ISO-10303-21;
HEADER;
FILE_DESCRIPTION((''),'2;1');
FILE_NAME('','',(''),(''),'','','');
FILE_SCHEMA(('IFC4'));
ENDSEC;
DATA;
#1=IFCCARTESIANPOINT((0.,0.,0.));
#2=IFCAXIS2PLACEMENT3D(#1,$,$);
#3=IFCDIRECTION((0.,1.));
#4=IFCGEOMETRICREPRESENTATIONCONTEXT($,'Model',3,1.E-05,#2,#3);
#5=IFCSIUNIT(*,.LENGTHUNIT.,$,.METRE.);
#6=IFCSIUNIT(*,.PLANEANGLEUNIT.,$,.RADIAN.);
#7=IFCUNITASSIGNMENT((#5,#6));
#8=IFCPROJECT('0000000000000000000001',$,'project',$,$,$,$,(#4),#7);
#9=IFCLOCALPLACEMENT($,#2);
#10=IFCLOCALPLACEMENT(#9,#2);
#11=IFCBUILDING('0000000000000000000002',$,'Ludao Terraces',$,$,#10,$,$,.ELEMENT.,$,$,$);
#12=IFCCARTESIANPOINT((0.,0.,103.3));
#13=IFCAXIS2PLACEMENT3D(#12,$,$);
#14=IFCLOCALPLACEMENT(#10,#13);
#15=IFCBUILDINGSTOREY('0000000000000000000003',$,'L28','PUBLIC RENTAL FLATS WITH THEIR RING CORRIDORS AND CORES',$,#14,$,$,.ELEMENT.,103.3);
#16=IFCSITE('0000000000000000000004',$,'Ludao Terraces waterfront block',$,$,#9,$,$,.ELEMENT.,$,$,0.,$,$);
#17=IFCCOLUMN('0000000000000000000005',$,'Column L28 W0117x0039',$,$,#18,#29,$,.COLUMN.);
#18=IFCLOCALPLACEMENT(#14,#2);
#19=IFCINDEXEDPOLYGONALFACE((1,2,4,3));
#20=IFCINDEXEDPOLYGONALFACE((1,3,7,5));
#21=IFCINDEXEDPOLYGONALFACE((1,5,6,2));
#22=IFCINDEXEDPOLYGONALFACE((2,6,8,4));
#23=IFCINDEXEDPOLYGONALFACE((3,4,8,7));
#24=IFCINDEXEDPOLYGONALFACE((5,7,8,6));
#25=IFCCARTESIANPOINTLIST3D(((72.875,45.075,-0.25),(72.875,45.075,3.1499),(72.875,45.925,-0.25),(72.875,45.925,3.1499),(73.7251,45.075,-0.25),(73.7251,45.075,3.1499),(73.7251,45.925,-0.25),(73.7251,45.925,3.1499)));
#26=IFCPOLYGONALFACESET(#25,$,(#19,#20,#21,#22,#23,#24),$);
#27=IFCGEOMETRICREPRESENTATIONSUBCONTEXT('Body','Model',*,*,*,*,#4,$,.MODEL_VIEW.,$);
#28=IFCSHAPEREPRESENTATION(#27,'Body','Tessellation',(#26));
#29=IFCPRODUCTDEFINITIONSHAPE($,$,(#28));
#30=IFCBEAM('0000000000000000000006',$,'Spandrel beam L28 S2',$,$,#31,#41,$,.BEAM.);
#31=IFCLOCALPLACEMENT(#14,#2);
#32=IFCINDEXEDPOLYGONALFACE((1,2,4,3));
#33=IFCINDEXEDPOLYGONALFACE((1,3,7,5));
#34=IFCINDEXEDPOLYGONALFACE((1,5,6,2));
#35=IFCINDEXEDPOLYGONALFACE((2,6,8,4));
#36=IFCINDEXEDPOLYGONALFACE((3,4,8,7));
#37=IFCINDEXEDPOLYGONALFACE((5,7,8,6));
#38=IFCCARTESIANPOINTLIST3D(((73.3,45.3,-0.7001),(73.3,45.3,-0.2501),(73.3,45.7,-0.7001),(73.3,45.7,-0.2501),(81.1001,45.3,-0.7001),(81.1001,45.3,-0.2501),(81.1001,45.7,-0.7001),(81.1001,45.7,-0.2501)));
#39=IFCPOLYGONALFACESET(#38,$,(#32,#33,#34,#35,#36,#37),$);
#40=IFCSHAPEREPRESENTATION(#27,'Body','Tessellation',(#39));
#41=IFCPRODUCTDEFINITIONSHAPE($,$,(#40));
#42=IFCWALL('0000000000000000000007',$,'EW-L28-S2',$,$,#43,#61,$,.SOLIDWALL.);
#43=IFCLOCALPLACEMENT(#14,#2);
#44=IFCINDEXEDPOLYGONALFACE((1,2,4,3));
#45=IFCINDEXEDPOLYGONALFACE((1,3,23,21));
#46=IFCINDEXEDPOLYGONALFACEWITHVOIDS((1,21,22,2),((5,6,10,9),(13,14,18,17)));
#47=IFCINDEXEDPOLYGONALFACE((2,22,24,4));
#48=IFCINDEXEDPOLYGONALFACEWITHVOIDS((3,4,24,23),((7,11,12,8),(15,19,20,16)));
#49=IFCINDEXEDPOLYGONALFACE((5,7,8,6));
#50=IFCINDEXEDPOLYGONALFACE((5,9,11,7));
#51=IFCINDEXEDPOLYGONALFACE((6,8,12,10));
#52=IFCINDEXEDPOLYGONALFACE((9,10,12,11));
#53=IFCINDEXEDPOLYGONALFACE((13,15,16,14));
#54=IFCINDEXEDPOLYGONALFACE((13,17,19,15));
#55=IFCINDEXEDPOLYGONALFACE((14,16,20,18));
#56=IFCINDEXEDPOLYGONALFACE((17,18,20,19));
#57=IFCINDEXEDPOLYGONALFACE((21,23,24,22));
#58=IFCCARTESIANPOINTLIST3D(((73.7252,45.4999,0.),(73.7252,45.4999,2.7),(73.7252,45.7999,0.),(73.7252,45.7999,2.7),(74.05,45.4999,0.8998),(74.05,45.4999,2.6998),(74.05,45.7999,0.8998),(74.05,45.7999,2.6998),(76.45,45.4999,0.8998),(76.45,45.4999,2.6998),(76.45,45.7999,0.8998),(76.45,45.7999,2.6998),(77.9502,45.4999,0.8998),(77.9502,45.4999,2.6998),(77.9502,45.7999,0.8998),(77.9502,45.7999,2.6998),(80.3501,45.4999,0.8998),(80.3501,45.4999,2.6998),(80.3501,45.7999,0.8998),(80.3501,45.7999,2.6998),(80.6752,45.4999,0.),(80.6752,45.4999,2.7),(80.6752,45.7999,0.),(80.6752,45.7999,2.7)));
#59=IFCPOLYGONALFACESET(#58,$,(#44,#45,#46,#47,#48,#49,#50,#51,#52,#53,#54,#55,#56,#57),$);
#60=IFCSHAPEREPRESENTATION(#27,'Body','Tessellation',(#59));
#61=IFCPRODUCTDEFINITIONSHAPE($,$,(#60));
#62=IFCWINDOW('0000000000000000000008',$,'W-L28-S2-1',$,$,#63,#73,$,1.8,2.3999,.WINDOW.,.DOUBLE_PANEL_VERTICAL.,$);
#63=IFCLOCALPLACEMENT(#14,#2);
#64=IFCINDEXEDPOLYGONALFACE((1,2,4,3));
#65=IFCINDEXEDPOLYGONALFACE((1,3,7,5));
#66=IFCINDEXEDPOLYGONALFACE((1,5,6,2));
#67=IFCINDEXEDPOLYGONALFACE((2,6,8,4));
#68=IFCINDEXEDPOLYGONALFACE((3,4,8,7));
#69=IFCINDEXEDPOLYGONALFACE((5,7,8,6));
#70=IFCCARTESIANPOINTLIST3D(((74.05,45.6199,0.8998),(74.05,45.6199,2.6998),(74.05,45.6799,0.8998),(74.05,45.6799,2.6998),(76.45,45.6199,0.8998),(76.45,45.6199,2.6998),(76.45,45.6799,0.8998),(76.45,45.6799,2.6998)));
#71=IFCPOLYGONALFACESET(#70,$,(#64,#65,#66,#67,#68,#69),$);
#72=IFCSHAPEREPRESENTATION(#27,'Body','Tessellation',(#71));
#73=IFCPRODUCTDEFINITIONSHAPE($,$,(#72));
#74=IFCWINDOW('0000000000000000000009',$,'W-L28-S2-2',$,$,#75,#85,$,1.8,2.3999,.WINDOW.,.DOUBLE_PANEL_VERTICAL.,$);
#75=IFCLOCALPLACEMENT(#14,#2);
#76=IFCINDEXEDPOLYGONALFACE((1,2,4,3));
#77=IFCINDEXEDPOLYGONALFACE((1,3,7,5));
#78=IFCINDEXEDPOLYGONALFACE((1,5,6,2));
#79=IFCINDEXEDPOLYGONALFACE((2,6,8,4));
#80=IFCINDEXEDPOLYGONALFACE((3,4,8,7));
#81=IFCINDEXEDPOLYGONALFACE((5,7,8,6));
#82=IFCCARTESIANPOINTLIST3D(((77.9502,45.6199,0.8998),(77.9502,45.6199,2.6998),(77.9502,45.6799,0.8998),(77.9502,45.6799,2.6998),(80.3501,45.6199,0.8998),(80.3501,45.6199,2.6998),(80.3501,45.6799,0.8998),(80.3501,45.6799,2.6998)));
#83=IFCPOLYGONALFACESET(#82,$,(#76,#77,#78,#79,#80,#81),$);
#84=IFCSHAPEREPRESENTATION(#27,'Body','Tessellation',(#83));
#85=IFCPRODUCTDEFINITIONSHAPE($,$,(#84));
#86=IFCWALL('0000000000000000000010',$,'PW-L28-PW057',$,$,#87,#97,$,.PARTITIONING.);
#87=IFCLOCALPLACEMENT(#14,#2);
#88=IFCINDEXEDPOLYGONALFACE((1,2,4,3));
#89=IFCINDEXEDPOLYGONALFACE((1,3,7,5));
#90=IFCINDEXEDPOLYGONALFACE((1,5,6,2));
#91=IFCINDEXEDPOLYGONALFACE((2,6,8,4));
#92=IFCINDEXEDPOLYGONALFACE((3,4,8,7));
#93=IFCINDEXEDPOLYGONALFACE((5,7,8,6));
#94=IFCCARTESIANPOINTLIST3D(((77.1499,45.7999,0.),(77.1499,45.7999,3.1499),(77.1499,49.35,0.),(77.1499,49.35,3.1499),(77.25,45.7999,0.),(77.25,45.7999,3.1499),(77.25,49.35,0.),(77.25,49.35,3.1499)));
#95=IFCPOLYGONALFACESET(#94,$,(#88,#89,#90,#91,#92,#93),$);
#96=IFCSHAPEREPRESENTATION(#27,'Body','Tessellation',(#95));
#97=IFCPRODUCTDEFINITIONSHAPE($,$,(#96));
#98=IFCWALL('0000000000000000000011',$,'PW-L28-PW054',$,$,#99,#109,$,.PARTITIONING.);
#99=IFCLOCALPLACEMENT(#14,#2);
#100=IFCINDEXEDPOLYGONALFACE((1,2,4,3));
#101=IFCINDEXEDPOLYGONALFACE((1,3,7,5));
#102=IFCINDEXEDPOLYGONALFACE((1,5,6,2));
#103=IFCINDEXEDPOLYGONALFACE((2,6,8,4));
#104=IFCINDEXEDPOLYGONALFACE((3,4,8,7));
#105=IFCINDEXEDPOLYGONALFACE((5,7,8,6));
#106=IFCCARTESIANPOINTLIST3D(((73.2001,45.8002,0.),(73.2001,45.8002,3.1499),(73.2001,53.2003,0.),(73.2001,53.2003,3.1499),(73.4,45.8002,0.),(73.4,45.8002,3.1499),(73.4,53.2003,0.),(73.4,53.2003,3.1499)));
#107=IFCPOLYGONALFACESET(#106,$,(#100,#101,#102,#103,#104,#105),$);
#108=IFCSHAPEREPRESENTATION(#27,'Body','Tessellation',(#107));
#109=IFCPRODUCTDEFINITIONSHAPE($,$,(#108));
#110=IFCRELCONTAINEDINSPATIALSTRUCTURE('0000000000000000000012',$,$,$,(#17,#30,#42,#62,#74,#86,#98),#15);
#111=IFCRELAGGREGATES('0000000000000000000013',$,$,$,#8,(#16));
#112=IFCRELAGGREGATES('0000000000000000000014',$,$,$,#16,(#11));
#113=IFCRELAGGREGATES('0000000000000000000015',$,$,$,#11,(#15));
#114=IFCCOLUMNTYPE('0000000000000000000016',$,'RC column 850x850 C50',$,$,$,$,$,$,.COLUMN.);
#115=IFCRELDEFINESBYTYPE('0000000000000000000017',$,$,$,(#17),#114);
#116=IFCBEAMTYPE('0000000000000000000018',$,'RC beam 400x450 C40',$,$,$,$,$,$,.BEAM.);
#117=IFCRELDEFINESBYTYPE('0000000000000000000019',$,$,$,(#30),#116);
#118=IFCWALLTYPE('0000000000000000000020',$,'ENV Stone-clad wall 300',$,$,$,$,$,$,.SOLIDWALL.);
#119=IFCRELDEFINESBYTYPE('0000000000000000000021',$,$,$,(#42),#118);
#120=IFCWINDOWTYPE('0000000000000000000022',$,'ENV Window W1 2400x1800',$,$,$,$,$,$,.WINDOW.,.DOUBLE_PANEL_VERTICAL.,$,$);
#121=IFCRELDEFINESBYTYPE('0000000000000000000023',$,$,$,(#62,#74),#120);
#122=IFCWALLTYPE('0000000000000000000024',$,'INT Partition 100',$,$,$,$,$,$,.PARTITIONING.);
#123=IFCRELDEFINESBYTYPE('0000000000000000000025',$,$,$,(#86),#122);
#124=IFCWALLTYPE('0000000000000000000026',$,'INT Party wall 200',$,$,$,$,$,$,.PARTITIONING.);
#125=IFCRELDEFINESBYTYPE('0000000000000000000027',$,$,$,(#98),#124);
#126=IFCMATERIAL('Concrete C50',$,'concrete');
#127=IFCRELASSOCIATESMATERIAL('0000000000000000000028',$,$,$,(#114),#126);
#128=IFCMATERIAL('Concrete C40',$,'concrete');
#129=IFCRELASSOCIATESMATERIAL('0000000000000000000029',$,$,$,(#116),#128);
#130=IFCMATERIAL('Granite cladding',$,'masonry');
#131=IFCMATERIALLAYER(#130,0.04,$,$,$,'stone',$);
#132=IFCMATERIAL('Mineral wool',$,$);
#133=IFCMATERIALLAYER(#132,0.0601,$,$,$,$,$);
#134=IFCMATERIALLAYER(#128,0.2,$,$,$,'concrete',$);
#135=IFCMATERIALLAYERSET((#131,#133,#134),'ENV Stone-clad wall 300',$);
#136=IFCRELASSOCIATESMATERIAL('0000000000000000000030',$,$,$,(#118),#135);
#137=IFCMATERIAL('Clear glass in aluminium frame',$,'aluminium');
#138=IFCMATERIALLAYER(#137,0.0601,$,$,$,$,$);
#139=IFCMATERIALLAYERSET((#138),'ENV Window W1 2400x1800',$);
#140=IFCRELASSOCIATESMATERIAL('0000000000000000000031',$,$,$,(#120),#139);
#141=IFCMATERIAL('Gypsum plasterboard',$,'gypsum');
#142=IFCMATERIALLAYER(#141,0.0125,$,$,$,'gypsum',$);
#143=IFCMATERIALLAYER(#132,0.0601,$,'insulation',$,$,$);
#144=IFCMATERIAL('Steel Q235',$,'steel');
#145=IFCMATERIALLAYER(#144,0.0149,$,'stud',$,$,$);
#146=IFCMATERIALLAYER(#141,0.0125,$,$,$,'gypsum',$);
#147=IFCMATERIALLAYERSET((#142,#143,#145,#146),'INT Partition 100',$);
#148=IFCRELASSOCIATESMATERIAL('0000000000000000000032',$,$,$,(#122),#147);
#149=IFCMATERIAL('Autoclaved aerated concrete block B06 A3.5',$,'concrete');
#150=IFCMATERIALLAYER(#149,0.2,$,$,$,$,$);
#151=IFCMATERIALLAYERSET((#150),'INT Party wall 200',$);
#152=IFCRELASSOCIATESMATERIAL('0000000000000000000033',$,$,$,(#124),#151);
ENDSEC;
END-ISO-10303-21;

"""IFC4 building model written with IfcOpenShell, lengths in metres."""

from ifc_helpers import new_model, si_unit, direction, frame, frame_2d, origin, origin_2d, place, context, subcontext, project, spatial, rectangle, extrude, material, layer, layer_set, material_profile, profile_set, type_object, element, fill, save


model = new_model("IFC4")

# Units and contexts
model_context = context("Model", 3, precision=1e-05, world=origin(), true_north=direction((0.0, 1.0)))
body_context = subcontext(model_context, "Body", "Model", "MODEL_VIEW")
ifc_project = project(units=[si_unit("LENGTHUNIT", "METRE"), si_unit("PLANEANGLEUNIT", "RADIAN")], contexts=[model_context])

# Site, building, storey
site_placement = place(None, origin())
site = spatial("IfcSite", under=ifc_project, at=site_placement, Name="Ludao Terraces waterfront block", CompositionType="ELEMENT", RefElevation=0.0)
building_placement = place(site_placement, origin())
building = spatial("IfcBuilding", under=site, at=building_placement, Name="Ludao Terraces", CompositionType="ELEMENT")
storey_placement = place(building_placement, frame((0.0, 0.0, 103.3)))
storey = spatial("IfcBuildingStorey", under=building, at=storey_placement, Name="L28", Description="PUBLIC RENTAL FLATS WITH THEIR RING CORRIDORS AND CORES", CompositionType="ELEMENT", Elevation=103.3)

# Column
ifc_material_1 = material(Name="Concrete C50", Category="concrete")
ifc_material_profile_1 = material_profile(ifc_material_1, rectangle(XDim=0.8501, YDim=0.8501, at=origin_2d()), Name="850 X 850")
ifc_profile_set_1 = profile_set([ifc_material_profile_1], Name="Concrete C50")
column_type = type_object("IfcColumnType", Name="RC column 850x850 C50", PredefinedType="COLUMN", material=ifc_profile_set_1)
column_placement = place(storey_placement, frame((73.3, 45.5, -0.25), z_axis=(0.0, 0.0, 1.0), x_axis=(1.0, 0.0, 0.0)))
element("IfcColumn", 1, at=column_placement, inside=storey, type_object=column_type, Name="Column L28 W0117x0039", PredefinedType="COLUMN", context=body_context, shape_type="SweptSolid", body=[
    extrude(rectangle(XDim=0.8501, YDim=0.8501, at=origin_2d()), origin(), (0.0, 0.0, 1.0), 3.3999),
])

# Beam
ifc_material_2 = material(Name="Concrete C40", Category="concrete")
ifc_material_profile_2 = material_profile(ifc_material_2, rectangle(XDim=0.3999, YDim=0.45, at=origin_2d()), Name="400 X 450")
ifc_profile_set_2 = profile_set([ifc_material_profile_2], Name="Concrete C40")
beam_type = type_object("IfcBeamType", Name="RC beam 400x450 C40", PredefinedType="BEAM", material=ifc_profile_set_2)
beam_placement = place(storey_placement, frame((73.3, 45.5, -0.4751), z_axis=(1.0, 0.0, 0.0), x_axis=(0.0, 1.0, 0.0)))
element("IfcBeam", 2, at=beam_placement, inside=storey, type_object=beam_type, Name="Spandrel beam L28 S2", PredefinedType="BEAM", context=body_context, shape_type="SweptSolid", body=[
    extrude(rectangle(XDim=0.3999, YDim=0.45, at=origin_2d()), origin(), (0.0, 0.0, 1.0), 7.8),
])

# Wall, openings, windows
ifc_material_3 = material(Name="Granite cladding", Category="masonry")
ifc_layer_1 = layer(ifc_material_3, 0.04, Category="stone")
ifc_material_4 = material(Name="Mineral wool")
ifc_layer_2 = layer(ifc_material_4, 0.0601)
ifc_layer_3 = layer(ifc_material_2, 0.2, Category="concrete")
ifc_layer_set_1 = layer_set([ifc_layer_1, ifc_layer_2, ifc_layer_3], Name="ENV Stone-clad wall 300")
wall_type_1 = type_object("IfcWallType", Name="ENV Stone-clad wall 300", PredefinedType="SOLIDWALL", material=ifc_layer_set_1)
wall_1_placement = place(storey_placement, frame((73.7251, 45.6499, 0.0), z_axis=(0.0, 0.0, 1.0), x_axis=(1.0, 0.0, 0.0)))
wall_1 = element("IfcWall", 3, at=wall_1_placement, inside=storey, type_object=wall_type_1, Name="EW-L28-S2", PredefinedType="SOLIDWALL", context=body_context, shape_type="SweptSolid", body=[
    extrude(rectangle(XDim=6.95, YDim=0.3, at=frame_2d((3.4751, 0.0))), origin(), (0.0, 0.0, 1.0), 2.7),
])
opening_1_placement = place(wall_1_placement, frame((0.325, 0.0, 0.8999)))
opening_1 = element("IfcOpeningElement", 4, at=opening_1_placement, cuts=wall_1, PredefinedType="OPENING", context=body_context, shape_type="SweptSolid", body=[
    extrude(rectangle(XDim=2.3999, YDim=1.8, at=frame_2d((1.2, 0.8999))), frame((0.0, 0.1602, 0.0), z_axis=(0.0, -1.0, 0.0), x_axis=(1.0, 0.0, 0.0)), (0.0, 0.0, 1.0), 0.3201),
])
opening_2_placement = place(wall_1_placement, frame((4.2251, 0.0, 0.8999)))
opening_2 = element("IfcOpeningElement", 5, at=opening_2_placement, cuts=wall_1, PredefinedType="OPENING", context=body_context, shape_type="SweptSolid", body=[
    extrude(rectangle(XDim=2.3999, YDim=1.8, at=frame_2d((1.2, 0.8999))), frame((0.0, 0.1602, 0.0), z_axis=(0.0, -1.0, 0.0), x_axis=(1.0, 0.0, 0.0)), (0.0, 0.0, 1.0), 0.3201),
])
ifc_material_5 = material(Name="Clear glass in aluminium frame", Category="aluminium")
ifc_layer_4 = layer(ifc_material_5, 0.0601)
ifc_layer_set_2 = layer_set([ifc_layer_4], Name="ENV Window W1 2400x1800")
window_type = type_object("IfcWindowType", Name="ENV Window W1 2400x1800", PartitioningType="DOUBLE_PANEL_VERTICAL", PredefinedType="WINDOW", material=ifc_layer_set_2)
window_1_placement = place(opening_1_placement, origin())
window_1 = element("IfcWindow", 6, at=window_1_placement, inside=storey, type_object=window_type, Name="W-L28-S2-1", OverallHeight=1.8, OverallWidth=2.3999, PartitioningType="DOUBLE_PANEL_VERTICAL", PredefinedType="WINDOW", context=body_context, shape_type="SweptSolid", body=[
    extrude(rectangle(XDim=2.3999, YDim=1.8, at=frame_2d((1.2, 0.8999))), frame((0.0, 0.03, 0.0), z_axis=(0.0, -1.0, 0.0), x_axis=(1.0, 0.0, 0.0)), (0.0, 0.0, 1.0), 0.0601),
])
fill(opening_1, window_1)
window_2_placement = place(opening_2_placement, origin())
window_2 = element("IfcWindow", 7, at=window_2_placement, inside=storey, type_object=window_type, Name="W-L28-S2-2", OverallHeight=1.8, OverallWidth=2.3999, PartitioningType="DOUBLE_PANEL_VERTICAL", PredefinedType="WINDOW", context=body_context, shape_type="SweptSolid", body=[
    extrude(rectangle(XDim=2.3999, YDim=1.8, at=frame_2d((1.2, 0.8999))), frame((0.0, 0.03, 0.0), z_axis=(0.0, -1.0, 0.0), x_axis=(1.0, 0.0, 0.0)), (0.0, 0.0, 1.0), 0.0601),
])
fill(opening_2, window_2)

# Walls
ifc_material_6 = material(Name="Gypsum plasterboard", Category="gypsum")
ifc_layer_5 = layer(ifc_material_6, 0.0125, Category="gypsum")
ifc_layer_6 = layer(ifc_material_4, 0.0601, Name="insulation")
ifc_material_7 = material(Name="Steel Q235", Category="steel")
ifc_layer_7 = layer(ifc_material_7, 0.0149, Name="stud")
ifc_layer_8 = layer(ifc_material_6, 0.0125, Category="gypsum")
ifc_layer_set_3 = layer_set([ifc_layer_5, ifc_layer_6, ifc_layer_7, ifc_layer_8], Name="INT Partition 100")
wall_type_2 = type_object("IfcWallType", Name="INT Partition 100", PredefinedType="PARTITIONING", material=ifc_layer_set_3)
wall_2_placement = place(storey_placement, frame((77.2, 45.8, 0.0), z_axis=(0.0, 0.0, 1.0), x_axis=(0.0, 1.0, 0.0)))
element("IfcWall", 8, at=wall_2_placement, inside=storey, type_object=wall_type_2, Name="PW-L28-PW057", PredefinedType="PARTITIONING", context=body_context, shape_type="SweptSolid", body=[
    extrude(rectangle(XDim=3.55, YDim=0.1001, at=frame_2d((1.7749, 0.0))), origin(), (0.0, 0.0, 1.0), 3.1499),
])
ifc_material_8 = material(Name="Autoclaved aerated concrete block B06 A3.5", Category="concrete")
ifc_layer_9 = layer(ifc_material_8, 0.2)
ifc_layer_set_4 = layer_set([ifc_layer_9], Name="INT Party wall 200")
wall_type_3 = type_object("IfcWallType", Name="INT Party wall 200", PredefinedType="PARTITIONING", material=ifc_layer_set_4)
wall_3_placement = place(storey_placement, frame((73.3, 45.8, 0.0), z_axis=(0.0, 0.0, 1.0), x_axis=(0.0, 1.0, 0.0)))
element("IfcWall", 9, at=wall_3_placement, inside=storey, type_object=wall_type_3, Name="PW-L28-PW054", PredefinedType="PARTITIONING", context=body_context, shape_type="SweptSolid", body=[
    extrude(rectangle(XDim=7.4001, YDim=0.2, at=frame_2d((3.7002, 0.0))), origin(), (0.0, 0.0, 1.0), 3.1499),
])

save(model, "model.ifc")
